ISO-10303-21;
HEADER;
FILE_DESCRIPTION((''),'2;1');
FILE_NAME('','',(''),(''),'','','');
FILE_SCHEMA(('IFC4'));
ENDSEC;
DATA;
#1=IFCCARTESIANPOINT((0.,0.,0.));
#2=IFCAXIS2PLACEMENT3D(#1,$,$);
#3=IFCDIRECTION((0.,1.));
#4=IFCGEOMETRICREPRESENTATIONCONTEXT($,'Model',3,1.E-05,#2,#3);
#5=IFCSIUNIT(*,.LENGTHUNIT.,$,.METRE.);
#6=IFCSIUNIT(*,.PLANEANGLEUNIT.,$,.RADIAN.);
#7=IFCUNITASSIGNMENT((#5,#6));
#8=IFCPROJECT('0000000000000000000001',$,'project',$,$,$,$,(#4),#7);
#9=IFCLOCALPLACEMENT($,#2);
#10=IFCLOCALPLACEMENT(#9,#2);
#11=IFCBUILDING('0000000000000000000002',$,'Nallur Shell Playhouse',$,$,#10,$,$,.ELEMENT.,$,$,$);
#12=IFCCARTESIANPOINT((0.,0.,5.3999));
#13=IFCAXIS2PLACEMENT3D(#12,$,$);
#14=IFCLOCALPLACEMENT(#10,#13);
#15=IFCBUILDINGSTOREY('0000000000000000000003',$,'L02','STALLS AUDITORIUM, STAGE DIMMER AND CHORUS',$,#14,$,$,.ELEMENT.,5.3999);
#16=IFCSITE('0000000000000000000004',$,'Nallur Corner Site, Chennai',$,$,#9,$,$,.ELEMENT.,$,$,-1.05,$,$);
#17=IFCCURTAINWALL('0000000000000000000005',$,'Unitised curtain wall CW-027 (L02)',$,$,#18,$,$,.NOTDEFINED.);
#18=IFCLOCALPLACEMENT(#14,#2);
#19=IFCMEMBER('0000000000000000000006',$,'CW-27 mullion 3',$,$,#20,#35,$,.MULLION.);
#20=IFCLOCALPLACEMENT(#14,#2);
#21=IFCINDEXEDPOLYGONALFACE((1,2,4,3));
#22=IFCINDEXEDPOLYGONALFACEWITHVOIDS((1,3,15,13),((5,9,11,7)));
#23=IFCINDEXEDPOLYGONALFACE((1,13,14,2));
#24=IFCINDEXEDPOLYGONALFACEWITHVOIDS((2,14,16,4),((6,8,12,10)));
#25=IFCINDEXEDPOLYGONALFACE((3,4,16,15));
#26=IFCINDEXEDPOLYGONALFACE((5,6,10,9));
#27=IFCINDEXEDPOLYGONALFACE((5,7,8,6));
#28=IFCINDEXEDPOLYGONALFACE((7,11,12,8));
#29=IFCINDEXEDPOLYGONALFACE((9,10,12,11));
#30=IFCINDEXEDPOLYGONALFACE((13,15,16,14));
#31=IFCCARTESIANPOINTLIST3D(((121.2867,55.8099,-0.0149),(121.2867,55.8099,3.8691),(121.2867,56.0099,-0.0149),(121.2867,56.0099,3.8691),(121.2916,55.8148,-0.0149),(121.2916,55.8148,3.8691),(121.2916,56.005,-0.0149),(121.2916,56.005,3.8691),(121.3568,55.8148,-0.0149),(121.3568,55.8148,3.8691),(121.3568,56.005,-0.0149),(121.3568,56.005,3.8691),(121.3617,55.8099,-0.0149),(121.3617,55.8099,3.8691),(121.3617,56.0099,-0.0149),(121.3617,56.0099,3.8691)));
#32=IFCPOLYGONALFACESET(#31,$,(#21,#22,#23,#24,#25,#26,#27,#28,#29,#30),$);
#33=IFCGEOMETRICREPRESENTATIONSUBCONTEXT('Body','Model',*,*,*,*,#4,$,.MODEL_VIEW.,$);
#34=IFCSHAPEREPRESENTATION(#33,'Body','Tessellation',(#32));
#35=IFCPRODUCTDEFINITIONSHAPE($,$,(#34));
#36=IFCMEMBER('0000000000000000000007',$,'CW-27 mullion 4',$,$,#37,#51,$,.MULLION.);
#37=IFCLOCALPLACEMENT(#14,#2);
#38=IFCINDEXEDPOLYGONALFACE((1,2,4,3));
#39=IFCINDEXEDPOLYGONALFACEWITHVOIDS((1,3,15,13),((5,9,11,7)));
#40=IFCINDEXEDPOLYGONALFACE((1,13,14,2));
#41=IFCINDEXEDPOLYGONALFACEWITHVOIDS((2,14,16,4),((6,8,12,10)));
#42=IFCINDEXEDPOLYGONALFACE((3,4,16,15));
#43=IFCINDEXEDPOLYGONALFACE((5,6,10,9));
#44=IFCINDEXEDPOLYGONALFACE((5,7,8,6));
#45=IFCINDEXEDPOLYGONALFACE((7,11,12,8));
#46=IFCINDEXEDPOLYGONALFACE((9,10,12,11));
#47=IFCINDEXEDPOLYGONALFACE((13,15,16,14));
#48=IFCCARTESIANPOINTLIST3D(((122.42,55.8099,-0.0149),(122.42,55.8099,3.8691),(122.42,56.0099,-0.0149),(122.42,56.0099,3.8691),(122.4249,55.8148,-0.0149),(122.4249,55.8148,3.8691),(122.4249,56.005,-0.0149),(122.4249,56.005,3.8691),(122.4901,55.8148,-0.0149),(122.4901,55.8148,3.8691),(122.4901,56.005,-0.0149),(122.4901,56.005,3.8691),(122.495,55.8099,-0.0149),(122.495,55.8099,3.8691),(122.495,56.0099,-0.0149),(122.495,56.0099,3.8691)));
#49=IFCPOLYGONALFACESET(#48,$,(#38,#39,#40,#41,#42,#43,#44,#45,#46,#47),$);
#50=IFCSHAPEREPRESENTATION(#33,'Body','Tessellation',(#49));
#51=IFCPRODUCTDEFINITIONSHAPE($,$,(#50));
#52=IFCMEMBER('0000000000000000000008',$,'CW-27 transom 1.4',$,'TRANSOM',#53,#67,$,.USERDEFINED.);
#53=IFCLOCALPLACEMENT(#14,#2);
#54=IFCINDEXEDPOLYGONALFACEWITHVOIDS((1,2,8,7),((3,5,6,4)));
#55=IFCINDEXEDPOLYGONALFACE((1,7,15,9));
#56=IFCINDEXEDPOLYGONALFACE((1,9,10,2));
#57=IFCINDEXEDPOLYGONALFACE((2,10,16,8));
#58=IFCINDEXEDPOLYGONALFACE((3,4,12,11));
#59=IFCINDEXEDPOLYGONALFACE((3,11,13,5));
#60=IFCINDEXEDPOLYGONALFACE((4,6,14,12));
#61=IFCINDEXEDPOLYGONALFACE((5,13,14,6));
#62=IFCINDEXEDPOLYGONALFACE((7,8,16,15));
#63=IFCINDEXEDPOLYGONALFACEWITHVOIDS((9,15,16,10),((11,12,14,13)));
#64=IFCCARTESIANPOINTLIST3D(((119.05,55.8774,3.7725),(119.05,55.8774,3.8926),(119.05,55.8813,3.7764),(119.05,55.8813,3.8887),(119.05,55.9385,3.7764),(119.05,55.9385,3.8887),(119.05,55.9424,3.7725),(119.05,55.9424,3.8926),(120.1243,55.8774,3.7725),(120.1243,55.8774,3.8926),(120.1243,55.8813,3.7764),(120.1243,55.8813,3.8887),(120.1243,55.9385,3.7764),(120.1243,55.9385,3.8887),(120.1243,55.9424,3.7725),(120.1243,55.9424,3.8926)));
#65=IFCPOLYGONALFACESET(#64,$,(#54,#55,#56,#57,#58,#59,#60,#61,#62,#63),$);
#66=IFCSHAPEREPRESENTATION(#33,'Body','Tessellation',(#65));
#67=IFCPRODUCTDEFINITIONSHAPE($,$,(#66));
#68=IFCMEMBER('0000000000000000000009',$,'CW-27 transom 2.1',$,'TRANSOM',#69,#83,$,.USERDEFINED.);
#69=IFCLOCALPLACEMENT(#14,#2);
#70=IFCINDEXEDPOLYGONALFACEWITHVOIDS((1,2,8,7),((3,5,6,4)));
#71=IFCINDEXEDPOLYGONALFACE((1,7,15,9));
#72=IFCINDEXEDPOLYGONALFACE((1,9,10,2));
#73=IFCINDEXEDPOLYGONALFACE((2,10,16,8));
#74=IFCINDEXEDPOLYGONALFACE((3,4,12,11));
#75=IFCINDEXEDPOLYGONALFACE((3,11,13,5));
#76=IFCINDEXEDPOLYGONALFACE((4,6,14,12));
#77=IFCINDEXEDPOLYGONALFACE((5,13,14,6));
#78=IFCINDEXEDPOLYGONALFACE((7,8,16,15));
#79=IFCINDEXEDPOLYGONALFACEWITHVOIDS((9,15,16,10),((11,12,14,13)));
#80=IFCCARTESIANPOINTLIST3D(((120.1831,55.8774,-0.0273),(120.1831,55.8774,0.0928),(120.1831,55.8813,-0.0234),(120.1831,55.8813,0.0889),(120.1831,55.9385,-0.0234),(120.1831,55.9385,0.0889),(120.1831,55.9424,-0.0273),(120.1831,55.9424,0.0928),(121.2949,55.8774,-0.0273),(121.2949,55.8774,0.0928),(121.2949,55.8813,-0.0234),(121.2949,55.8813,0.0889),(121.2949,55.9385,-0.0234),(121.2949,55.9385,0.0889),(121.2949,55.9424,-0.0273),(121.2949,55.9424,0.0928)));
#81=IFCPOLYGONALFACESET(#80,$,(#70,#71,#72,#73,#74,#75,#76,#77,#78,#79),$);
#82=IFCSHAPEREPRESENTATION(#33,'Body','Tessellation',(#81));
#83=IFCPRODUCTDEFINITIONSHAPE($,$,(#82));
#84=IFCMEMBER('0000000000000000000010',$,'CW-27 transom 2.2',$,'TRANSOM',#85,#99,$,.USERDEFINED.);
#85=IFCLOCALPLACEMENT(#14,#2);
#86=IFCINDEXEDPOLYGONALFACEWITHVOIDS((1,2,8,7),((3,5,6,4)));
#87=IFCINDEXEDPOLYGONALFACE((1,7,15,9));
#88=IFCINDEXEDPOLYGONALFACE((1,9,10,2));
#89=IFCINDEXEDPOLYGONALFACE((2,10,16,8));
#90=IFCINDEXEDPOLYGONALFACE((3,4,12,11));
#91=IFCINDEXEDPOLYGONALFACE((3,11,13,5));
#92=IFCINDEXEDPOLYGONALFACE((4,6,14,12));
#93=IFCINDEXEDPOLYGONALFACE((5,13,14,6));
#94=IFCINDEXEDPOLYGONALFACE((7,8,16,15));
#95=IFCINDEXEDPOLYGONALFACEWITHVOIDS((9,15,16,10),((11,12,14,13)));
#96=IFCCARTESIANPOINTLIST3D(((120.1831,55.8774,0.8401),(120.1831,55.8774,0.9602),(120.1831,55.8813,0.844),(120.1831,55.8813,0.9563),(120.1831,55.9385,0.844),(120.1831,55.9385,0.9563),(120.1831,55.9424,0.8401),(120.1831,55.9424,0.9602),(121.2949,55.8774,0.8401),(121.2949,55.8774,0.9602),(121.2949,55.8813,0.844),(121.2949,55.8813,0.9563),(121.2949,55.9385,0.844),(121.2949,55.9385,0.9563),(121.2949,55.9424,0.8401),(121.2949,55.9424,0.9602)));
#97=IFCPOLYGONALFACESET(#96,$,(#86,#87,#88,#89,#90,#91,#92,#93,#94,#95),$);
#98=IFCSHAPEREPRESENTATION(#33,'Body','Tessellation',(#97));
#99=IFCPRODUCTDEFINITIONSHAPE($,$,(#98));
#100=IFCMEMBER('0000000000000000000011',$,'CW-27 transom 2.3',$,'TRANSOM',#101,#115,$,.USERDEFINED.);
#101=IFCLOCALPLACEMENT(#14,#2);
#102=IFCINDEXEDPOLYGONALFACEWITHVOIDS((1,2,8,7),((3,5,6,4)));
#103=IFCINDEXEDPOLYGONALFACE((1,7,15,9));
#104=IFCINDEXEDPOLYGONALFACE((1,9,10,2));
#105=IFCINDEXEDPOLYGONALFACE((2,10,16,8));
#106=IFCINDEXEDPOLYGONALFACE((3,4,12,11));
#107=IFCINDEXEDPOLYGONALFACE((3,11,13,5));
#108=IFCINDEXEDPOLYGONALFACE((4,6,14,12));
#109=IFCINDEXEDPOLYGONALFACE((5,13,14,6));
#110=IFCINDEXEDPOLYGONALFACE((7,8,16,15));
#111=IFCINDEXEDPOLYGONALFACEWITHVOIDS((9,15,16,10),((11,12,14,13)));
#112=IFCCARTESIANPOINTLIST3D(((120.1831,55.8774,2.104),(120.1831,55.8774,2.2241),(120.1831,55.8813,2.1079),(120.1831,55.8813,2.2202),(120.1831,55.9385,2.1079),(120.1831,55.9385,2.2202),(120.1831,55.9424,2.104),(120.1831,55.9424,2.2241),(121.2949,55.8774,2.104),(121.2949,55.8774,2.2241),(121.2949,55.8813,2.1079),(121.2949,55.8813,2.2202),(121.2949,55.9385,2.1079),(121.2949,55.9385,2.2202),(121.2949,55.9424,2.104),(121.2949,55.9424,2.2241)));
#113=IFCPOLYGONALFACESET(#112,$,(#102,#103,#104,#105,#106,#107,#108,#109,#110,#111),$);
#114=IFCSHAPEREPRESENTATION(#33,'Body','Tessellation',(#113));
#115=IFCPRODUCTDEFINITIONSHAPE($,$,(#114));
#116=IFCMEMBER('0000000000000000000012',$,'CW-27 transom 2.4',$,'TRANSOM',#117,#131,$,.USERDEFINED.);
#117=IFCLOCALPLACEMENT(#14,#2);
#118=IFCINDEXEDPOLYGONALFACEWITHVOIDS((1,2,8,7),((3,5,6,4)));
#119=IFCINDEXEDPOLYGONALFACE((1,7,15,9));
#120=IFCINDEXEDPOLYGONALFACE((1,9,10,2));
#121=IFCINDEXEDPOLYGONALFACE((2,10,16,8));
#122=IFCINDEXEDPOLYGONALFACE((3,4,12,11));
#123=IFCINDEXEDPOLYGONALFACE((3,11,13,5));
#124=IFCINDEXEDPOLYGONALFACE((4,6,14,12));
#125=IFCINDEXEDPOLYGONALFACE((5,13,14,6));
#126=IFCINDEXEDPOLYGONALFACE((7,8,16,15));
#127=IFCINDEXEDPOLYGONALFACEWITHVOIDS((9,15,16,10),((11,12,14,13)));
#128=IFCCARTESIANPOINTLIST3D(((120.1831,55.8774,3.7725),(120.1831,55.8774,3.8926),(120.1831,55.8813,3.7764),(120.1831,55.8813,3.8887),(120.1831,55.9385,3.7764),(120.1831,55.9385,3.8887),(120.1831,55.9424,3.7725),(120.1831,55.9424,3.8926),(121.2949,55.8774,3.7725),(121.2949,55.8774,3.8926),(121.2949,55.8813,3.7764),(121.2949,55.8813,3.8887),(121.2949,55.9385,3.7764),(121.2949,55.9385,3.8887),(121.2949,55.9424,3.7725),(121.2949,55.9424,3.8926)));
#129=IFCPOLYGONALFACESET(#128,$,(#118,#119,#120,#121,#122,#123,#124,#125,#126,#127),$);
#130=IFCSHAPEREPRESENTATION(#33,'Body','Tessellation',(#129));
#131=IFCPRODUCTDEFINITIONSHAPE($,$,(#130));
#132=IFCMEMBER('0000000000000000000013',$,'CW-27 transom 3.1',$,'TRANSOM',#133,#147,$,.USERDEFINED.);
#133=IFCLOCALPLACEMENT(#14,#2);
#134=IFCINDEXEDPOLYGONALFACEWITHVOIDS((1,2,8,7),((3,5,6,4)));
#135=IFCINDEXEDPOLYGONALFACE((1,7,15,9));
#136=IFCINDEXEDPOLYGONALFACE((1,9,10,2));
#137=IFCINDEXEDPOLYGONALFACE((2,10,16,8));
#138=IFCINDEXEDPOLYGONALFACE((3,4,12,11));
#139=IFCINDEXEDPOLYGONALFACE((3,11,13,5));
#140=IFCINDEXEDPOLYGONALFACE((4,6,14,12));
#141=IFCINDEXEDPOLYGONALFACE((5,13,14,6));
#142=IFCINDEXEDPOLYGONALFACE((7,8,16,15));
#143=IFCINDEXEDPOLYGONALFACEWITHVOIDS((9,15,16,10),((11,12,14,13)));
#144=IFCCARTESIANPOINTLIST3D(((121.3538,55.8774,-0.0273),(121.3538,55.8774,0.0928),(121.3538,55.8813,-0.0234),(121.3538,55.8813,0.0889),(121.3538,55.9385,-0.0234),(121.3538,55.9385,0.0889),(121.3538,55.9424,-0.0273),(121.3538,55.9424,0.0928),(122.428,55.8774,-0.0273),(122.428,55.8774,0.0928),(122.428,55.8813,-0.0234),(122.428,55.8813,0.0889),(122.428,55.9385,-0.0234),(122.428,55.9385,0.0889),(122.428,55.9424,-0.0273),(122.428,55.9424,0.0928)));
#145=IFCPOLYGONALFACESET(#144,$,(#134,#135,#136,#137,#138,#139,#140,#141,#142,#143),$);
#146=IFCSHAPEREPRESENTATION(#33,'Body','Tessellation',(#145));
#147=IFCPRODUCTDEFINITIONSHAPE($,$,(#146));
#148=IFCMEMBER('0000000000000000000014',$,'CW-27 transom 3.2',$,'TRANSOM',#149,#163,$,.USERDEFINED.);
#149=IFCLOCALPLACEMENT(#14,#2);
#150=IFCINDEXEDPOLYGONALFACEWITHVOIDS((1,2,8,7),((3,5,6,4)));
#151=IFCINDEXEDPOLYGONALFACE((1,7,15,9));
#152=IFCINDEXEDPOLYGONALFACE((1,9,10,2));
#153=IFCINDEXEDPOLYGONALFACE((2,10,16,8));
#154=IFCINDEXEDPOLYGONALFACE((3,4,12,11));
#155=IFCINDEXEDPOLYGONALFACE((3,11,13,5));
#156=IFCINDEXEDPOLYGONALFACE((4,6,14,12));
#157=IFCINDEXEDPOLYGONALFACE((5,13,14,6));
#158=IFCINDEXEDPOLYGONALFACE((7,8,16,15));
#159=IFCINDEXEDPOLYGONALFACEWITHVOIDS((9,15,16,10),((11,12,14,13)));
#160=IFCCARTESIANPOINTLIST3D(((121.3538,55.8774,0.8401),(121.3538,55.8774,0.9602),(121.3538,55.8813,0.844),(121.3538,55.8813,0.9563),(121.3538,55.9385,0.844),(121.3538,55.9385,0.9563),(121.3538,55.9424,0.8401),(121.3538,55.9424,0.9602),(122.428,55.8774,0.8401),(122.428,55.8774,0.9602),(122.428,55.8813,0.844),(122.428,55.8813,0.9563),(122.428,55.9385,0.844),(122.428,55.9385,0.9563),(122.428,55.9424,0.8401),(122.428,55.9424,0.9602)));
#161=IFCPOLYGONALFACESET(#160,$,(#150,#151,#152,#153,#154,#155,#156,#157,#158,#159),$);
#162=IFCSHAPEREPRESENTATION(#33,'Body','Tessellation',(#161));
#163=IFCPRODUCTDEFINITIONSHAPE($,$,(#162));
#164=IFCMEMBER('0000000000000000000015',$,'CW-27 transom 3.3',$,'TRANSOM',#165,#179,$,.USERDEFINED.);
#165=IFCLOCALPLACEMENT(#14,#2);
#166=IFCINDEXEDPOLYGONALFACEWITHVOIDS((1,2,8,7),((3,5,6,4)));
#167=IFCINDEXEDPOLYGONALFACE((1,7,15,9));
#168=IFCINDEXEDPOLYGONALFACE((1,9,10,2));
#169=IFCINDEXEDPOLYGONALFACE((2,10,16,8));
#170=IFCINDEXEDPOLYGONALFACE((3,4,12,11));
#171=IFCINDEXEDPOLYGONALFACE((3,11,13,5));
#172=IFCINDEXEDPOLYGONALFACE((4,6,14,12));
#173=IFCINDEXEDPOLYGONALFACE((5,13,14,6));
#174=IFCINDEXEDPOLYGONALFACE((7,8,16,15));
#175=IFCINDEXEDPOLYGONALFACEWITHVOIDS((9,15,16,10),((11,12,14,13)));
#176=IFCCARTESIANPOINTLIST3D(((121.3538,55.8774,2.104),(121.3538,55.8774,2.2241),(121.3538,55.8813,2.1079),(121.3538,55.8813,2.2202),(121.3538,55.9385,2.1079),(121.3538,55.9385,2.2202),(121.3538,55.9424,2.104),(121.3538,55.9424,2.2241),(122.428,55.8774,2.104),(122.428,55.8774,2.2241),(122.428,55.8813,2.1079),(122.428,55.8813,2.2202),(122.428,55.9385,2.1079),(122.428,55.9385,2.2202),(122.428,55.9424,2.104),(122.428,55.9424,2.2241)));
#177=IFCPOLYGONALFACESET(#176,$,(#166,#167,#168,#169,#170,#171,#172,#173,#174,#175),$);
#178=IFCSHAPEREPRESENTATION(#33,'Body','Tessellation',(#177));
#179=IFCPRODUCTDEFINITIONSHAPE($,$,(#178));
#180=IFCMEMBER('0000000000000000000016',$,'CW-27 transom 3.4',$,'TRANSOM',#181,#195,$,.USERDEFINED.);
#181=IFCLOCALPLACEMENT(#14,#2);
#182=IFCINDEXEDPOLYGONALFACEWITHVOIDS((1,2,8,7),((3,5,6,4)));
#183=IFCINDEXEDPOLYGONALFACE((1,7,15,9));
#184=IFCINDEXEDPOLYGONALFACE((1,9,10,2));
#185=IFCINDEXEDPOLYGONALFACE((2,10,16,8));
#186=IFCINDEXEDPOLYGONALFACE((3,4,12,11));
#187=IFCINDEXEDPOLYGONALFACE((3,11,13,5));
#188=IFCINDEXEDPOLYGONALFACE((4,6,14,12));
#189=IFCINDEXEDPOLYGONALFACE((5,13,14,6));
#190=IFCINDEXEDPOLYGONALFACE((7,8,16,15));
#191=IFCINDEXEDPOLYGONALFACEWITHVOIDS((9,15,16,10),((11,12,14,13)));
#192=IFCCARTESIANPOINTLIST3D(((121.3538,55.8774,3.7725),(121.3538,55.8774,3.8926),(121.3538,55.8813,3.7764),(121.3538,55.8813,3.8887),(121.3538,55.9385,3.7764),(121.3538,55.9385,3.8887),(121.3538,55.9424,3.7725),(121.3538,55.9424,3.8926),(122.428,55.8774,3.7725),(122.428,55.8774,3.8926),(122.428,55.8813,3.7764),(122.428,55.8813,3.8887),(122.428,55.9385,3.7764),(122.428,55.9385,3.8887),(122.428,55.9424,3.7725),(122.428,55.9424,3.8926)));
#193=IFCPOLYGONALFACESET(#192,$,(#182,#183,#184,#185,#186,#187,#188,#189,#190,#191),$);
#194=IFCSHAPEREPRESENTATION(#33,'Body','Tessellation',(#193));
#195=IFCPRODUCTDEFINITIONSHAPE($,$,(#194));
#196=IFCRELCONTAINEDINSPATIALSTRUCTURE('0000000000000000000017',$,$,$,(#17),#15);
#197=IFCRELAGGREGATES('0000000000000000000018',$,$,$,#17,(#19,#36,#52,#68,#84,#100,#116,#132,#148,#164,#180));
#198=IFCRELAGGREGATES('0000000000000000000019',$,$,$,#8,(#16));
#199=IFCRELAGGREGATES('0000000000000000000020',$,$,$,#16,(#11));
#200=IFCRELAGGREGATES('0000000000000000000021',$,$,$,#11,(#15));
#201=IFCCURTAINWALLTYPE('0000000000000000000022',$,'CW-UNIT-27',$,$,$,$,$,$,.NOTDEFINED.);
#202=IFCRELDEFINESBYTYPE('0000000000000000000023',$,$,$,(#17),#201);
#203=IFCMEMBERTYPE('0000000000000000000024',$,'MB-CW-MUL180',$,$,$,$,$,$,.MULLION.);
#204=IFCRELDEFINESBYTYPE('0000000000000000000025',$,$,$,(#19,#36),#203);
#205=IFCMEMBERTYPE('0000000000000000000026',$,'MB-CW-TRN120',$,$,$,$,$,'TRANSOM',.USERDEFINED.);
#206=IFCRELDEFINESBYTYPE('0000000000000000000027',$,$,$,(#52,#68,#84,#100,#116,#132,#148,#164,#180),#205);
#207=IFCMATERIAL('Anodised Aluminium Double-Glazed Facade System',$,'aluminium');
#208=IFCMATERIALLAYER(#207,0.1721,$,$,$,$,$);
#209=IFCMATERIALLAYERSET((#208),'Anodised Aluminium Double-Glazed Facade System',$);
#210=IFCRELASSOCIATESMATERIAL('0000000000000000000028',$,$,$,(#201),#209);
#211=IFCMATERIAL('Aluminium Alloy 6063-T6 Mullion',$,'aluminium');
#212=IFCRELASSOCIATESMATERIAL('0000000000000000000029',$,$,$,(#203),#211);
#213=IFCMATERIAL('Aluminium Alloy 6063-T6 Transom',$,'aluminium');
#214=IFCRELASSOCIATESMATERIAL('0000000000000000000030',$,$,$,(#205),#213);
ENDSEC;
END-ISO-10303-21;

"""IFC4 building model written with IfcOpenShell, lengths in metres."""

from ifc_helpers import new_model, si_unit, direction, frame, origin, origin_2d, place, context, subcontext, project, spatial, hollow_rectangle, extrude, material, layer, layer_set, material_profile, profile_set, type_object, element, aggregate, save


model = new_model("IFC4")

# Units and contexts
model_context = context("Model", 3, precision=1e-05, world=origin(), true_north=direction((0.0, 1.0)))
body_context = subcontext(model_context, "Body", "Model", "MODEL_VIEW")
ifc_project = project(units=[si_unit("LENGTHUNIT", "METRE"), si_unit("PLANEANGLEUNIT", "RADIAN")], contexts=[model_context])

# Site, building, storey
site_placement = place(None, origin())
site = spatial("IfcSite", under=ifc_project, at=site_placement, Name="Nallur Corner Site, Chennai", CompositionType="ELEMENT", RefElevation=-1.05)
building_placement = place(site_placement, origin())
building = spatial("IfcBuilding", under=site, at=building_placement, Name="Nallur Shell Playhouse", CompositionType="ELEMENT")
storey_placement = place(building_placement, frame((0.0, 0.0, 5.3999)))
storey = spatial("IfcBuildingStorey", under=building, at=storey_placement, Name="L02", Description="STALLS AUDITORIUM, STAGE DIMMER AND CHORUS", CompositionType="ELEMENT", Elevation=5.3999)

# Shared definitions
ifc_material_1 = material(Name="Anodised Aluminium Double-Glazed Facade System", Category="aluminium")
ifc_material_2 = material(Name="Aluminium Alloy 6063-T6 Mullion", Category="aluminium")

# Curtain wall, members
ifc_layer_1 = layer(ifc_material_1, 0.1721)
ifc_layer_set_1 = layer_set([ifc_layer_1], Name="Anodised Aluminium Double-Glazed Facade System")
curtain_wall_type_1 = type_object("IfcCurtainWallType", Name="CW-UNIT-27", PredefinedType="NOTDEFINED", material=ifc_layer_set_1)
curtain_wall_1_placement = place(storey_placement, origin())
curtain_wall_1 = element("IfcCurtainWall", 1, at=curtain_wall_1_placement, inside=storey, type_object=curtain_wall_type_1, Name="Unitised curtain wall CW-027 (L02)", PredefinedType="NOTDEFINED")
ifc_material_profile_1 = material_profile(ifc_material_2, hollow_rectangle(XDim=0.075, YDim=0.2, WallThickness=0.0049, at=origin_2d()), Name="ALU 75x200x5")
ifc_profile_set_1 = profile_set([ifc_material_profile_1], Name="Aluminium Alloy 6063-T6 Mullion")
member_type_1 = type_object("IfcMemberType", Name="MB-CW-MUL180", PredefinedType="MULLION", material=ifc_profile_set_1)
member_1_placement = place(storey_placement, frame((121.3242, 55.9099, -0.0149), z_axis=(0.0, 0.0, 1.0), x_axis=(1.0, 0.0, 0.0)))
member_1 = element("IfcMember", 2, at=member_1_placement, type_object=member_type_1, Name="CW-27 mullion 3", PredefinedType="MULLION", context=body_context, shape_type="SweptSolid", body=[
    extrude(hollow_rectangle(XDim=0.075, YDim=0.2, WallThickness=0.0049, at=origin_2d()), origin(), (0.0, 0.0, 1.0), 3.884),
])
member_2_placement = place(storey_placement, frame((122.4575, 55.9099, -0.0149), z_axis=(0.0, 0.0, 1.0), x_axis=(1.0, 0.0, 0.0)))
member_2 = element("IfcMember", 3, at=member_2_placement, type_object=member_type_1, Name="CW-27 mullion 4", PredefinedType="MULLION", context=body_context, shape_type="SweptSolid", body=[
    extrude(hollow_rectangle(XDim=0.075, YDim=0.2, WallThickness=0.0049, at=origin_2d()), origin(), (0.0, 0.0, 1.0), 3.884),
])
ifc_material_3 = material(Name="Aluminium Alloy 6063-T6 Transom", Category="aluminium")
ifc_material_profile_2 = material_profile(ifc_material_3, hollow_rectangle(XDim=0.0649, YDim=0.1201, WallThickness=0.0039, at=origin_2d()), Name="ALU 65x120x4")
ifc_profile_set_2 = profile_set([ifc_material_profile_2], Name="Aluminium Alloy 6063-T6 Transom")
member_type_2 = type_object("IfcMemberType", Name="MB-CW-TRN120", ElementType="TRANSOM", PredefinedType="USERDEFINED", material=ifc_profile_set_2)
member_3_placement = place(storey_placement, frame((119.05, 55.9099, 3.8325), z_axis=(1.0, 0.0, 0.0), x_axis=(0.0, 1.0, 0.0)))
member_3 = element("IfcMember", 4, at=member_3_placement, type_object=member_type_2, Name="CW-27 transom 1.4", ObjectType="TRANSOM", PredefinedType="USERDEFINED", context=body_context, shape_type="SweptSolid", body=[
    extrude(hollow_rectangle(XDim=0.0649, YDim=0.1201, WallThickness=0.0039, at=origin_2d()), origin(), (0.0, 0.0, 1.0), 1.0742),
])
member_4_placement = place(storey_placement, frame((120.1831, 55.9099, 0.0327), z_axis=(1.0, 0.0, 0.0), x_axis=(0.0, 1.0, 0.0)))
member_4 = element("IfcMember", 5, at=member_4_placement, type_object=member_type_2, Name="CW-27 transom 2.1", ObjectType="TRANSOM", PredefinedType="USERDEFINED", context=body_context, shape_type="SweptSolid", body=[
    extrude(hollow_rectangle(XDim=0.0649, YDim=0.1201, WallThickness=0.0039, at=origin_2d()), origin(), (0.0, 0.0, 1.0), 1.1118),
])
member_5_placement = place(storey_placement, frame((120.1831, 55.9099, 0.9001), z_axis=(1.0, 0.0, 0.0), x_axis=(0.0, 1.0, 0.0)))
member_5 = element("IfcMember", 6, at=member_5_placement, type_object=member_type_2, Name="CW-27 transom 2.2", ObjectType="TRANSOM", PredefinedType="USERDEFINED", context=body_context, shape_type="SweptSolid", body=[
    extrude(hollow_rectangle(XDim=0.0649, YDim=0.1201, WallThickness=0.0039, at=origin_2d()), origin(), (0.0, 0.0, 1.0), 1.1118),
])
member_6_placement = place(storey_placement, frame((120.1831, 55.9099, 2.1641), z_axis=(1.0, 0.0, 0.0), x_axis=(0.0, 1.0, 0.0)))
member_6 = element("IfcMember", 7, at=member_6_placement, type_object=member_type_2, Name="CW-27 transom 2.3", ObjectType="TRANSOM", PredefinedType="USERDEFINED", context=body_context, shape_type="SweptSolid", body=[
    extrude(hollow_rectangle(XDim=0.0649, YDim=0.1201, WallThickness=0.0039, at=origin_2d()), origin(), (0.0, 0.0, 1.0), 1.1118),
])
member_7_placement = place(storey_placement, frame((120.1831, 55.9099, 3.8325), z_axis=(1.0, 0.0, 0.0), x_axis=(0.0, 1.0, 0.0)))
member_7 = element("IfcMember", 8, at=member_7_placement, type_object=member_type_2, Name="CW-27 transom 2.4", ObjectType="TRANSOM", PredefinedType="USERDEFINED", context=body_context, shape_type="SweptSolid", body=[
    extrude(hollow_rectangle(XDim=0.0649, YDim=0.1201, WallThickness=0.0039, at=origin_2d()), origin(), (0.0, 0.0, 1.0), 1.1118),
])
member_8_placement = place(storey_placement, frame((121.3538, 55.9099, 0.0327), z_axis=(1.0, 0.0, 0.0), x_axis=(0.0, 1.0, 0.0)))
member_8 = element("IfcMember", 9, at=member_8_placement, type_object=member_type_2, Name="CW-27 transom 3.1", ObjectType="TRANSOM", PredefinedType="USERDEFINED", context=body_context, shape_type="SweptSolid", body=[
    extrude(hollow_rectangle(XDim=0.0649, YDim=0.1201, WallThickness=0.0039, at=origin_2d()), origin(), (0.0, 0.0, 1.0), 1.0742),
])
member_9_placement = place(storey_placement, frame((121.3538, 55.9099, 0.9001), z_axis=(1.0, 0.0, 0.0), x_axis=(0.0, 1.0, 0.0)))
member_9 = element("IfcMember", 10, at=member_9_placement, type_object=member_type_2, Name="CW-27 transom 3.2", ObjectType="TRANSOM", PredefinedType="USERDEFINED", context=body_context, shape_type="SweptSolid", body=[
    extrude(hollow_rectangle(XDim=0.0649, YDim=0.1201, WallThickness=0.0039, at=origin_2d()), origin(), (0.0, 0.0, 1.0), 1.0742),
])
member_10_placement = place(storey_placement, frame((121.3538, 55.9099, 2.1641), z_axis=(1.0, 0.0, 0.0), x_axis=(0.0, 1.0, 0.0)))
member_10 = element("IfcMember", 11, at=member_10_placement, type_object=member_type_2, Name="CW-27 transom 3.3", ObjectType="TRANSOM", PredefinedType="USERDEFINED", context=body_context, shape_type="SweptSolid", body=[
    extrude(hollow_rectangle(XDim=0.0649, YDim=0.1201, WallThickness=0.0039, at=origin_2d()), origin(), (0.0, 0.0, 1.0), 1.0742),
])
member_11_placement = place(storey_placement, frame((121.3538, 55.9099, 3.8325), z_axis=(1.0, 0.0, 0.0), x_axis=(0.0, 1.0, 0.0)))
member_11 = element("IfcMember", 12, at=member_11_placement, type_object=member_type_2, Name="CW-27 transom 3.4", ObjectType="TRANSOM", PredefinedType="USERDEFINED", context=body_context, shape_type="SweptSolid", body=[
    extrude(hollow_rectangle(XDim=0.0649, YDim=0.1201, WallThickness=0.0039, at=origin_2d()), origin(), (0.0, 0.0, 1.0), 1.0742),
])

aggregate(curtain_wall_1, [member_1, member_2, member_3, member_4, member_5, member_6, member_7, member_8, member_9, member_10, member_11])

save(model, "model.ifc")
